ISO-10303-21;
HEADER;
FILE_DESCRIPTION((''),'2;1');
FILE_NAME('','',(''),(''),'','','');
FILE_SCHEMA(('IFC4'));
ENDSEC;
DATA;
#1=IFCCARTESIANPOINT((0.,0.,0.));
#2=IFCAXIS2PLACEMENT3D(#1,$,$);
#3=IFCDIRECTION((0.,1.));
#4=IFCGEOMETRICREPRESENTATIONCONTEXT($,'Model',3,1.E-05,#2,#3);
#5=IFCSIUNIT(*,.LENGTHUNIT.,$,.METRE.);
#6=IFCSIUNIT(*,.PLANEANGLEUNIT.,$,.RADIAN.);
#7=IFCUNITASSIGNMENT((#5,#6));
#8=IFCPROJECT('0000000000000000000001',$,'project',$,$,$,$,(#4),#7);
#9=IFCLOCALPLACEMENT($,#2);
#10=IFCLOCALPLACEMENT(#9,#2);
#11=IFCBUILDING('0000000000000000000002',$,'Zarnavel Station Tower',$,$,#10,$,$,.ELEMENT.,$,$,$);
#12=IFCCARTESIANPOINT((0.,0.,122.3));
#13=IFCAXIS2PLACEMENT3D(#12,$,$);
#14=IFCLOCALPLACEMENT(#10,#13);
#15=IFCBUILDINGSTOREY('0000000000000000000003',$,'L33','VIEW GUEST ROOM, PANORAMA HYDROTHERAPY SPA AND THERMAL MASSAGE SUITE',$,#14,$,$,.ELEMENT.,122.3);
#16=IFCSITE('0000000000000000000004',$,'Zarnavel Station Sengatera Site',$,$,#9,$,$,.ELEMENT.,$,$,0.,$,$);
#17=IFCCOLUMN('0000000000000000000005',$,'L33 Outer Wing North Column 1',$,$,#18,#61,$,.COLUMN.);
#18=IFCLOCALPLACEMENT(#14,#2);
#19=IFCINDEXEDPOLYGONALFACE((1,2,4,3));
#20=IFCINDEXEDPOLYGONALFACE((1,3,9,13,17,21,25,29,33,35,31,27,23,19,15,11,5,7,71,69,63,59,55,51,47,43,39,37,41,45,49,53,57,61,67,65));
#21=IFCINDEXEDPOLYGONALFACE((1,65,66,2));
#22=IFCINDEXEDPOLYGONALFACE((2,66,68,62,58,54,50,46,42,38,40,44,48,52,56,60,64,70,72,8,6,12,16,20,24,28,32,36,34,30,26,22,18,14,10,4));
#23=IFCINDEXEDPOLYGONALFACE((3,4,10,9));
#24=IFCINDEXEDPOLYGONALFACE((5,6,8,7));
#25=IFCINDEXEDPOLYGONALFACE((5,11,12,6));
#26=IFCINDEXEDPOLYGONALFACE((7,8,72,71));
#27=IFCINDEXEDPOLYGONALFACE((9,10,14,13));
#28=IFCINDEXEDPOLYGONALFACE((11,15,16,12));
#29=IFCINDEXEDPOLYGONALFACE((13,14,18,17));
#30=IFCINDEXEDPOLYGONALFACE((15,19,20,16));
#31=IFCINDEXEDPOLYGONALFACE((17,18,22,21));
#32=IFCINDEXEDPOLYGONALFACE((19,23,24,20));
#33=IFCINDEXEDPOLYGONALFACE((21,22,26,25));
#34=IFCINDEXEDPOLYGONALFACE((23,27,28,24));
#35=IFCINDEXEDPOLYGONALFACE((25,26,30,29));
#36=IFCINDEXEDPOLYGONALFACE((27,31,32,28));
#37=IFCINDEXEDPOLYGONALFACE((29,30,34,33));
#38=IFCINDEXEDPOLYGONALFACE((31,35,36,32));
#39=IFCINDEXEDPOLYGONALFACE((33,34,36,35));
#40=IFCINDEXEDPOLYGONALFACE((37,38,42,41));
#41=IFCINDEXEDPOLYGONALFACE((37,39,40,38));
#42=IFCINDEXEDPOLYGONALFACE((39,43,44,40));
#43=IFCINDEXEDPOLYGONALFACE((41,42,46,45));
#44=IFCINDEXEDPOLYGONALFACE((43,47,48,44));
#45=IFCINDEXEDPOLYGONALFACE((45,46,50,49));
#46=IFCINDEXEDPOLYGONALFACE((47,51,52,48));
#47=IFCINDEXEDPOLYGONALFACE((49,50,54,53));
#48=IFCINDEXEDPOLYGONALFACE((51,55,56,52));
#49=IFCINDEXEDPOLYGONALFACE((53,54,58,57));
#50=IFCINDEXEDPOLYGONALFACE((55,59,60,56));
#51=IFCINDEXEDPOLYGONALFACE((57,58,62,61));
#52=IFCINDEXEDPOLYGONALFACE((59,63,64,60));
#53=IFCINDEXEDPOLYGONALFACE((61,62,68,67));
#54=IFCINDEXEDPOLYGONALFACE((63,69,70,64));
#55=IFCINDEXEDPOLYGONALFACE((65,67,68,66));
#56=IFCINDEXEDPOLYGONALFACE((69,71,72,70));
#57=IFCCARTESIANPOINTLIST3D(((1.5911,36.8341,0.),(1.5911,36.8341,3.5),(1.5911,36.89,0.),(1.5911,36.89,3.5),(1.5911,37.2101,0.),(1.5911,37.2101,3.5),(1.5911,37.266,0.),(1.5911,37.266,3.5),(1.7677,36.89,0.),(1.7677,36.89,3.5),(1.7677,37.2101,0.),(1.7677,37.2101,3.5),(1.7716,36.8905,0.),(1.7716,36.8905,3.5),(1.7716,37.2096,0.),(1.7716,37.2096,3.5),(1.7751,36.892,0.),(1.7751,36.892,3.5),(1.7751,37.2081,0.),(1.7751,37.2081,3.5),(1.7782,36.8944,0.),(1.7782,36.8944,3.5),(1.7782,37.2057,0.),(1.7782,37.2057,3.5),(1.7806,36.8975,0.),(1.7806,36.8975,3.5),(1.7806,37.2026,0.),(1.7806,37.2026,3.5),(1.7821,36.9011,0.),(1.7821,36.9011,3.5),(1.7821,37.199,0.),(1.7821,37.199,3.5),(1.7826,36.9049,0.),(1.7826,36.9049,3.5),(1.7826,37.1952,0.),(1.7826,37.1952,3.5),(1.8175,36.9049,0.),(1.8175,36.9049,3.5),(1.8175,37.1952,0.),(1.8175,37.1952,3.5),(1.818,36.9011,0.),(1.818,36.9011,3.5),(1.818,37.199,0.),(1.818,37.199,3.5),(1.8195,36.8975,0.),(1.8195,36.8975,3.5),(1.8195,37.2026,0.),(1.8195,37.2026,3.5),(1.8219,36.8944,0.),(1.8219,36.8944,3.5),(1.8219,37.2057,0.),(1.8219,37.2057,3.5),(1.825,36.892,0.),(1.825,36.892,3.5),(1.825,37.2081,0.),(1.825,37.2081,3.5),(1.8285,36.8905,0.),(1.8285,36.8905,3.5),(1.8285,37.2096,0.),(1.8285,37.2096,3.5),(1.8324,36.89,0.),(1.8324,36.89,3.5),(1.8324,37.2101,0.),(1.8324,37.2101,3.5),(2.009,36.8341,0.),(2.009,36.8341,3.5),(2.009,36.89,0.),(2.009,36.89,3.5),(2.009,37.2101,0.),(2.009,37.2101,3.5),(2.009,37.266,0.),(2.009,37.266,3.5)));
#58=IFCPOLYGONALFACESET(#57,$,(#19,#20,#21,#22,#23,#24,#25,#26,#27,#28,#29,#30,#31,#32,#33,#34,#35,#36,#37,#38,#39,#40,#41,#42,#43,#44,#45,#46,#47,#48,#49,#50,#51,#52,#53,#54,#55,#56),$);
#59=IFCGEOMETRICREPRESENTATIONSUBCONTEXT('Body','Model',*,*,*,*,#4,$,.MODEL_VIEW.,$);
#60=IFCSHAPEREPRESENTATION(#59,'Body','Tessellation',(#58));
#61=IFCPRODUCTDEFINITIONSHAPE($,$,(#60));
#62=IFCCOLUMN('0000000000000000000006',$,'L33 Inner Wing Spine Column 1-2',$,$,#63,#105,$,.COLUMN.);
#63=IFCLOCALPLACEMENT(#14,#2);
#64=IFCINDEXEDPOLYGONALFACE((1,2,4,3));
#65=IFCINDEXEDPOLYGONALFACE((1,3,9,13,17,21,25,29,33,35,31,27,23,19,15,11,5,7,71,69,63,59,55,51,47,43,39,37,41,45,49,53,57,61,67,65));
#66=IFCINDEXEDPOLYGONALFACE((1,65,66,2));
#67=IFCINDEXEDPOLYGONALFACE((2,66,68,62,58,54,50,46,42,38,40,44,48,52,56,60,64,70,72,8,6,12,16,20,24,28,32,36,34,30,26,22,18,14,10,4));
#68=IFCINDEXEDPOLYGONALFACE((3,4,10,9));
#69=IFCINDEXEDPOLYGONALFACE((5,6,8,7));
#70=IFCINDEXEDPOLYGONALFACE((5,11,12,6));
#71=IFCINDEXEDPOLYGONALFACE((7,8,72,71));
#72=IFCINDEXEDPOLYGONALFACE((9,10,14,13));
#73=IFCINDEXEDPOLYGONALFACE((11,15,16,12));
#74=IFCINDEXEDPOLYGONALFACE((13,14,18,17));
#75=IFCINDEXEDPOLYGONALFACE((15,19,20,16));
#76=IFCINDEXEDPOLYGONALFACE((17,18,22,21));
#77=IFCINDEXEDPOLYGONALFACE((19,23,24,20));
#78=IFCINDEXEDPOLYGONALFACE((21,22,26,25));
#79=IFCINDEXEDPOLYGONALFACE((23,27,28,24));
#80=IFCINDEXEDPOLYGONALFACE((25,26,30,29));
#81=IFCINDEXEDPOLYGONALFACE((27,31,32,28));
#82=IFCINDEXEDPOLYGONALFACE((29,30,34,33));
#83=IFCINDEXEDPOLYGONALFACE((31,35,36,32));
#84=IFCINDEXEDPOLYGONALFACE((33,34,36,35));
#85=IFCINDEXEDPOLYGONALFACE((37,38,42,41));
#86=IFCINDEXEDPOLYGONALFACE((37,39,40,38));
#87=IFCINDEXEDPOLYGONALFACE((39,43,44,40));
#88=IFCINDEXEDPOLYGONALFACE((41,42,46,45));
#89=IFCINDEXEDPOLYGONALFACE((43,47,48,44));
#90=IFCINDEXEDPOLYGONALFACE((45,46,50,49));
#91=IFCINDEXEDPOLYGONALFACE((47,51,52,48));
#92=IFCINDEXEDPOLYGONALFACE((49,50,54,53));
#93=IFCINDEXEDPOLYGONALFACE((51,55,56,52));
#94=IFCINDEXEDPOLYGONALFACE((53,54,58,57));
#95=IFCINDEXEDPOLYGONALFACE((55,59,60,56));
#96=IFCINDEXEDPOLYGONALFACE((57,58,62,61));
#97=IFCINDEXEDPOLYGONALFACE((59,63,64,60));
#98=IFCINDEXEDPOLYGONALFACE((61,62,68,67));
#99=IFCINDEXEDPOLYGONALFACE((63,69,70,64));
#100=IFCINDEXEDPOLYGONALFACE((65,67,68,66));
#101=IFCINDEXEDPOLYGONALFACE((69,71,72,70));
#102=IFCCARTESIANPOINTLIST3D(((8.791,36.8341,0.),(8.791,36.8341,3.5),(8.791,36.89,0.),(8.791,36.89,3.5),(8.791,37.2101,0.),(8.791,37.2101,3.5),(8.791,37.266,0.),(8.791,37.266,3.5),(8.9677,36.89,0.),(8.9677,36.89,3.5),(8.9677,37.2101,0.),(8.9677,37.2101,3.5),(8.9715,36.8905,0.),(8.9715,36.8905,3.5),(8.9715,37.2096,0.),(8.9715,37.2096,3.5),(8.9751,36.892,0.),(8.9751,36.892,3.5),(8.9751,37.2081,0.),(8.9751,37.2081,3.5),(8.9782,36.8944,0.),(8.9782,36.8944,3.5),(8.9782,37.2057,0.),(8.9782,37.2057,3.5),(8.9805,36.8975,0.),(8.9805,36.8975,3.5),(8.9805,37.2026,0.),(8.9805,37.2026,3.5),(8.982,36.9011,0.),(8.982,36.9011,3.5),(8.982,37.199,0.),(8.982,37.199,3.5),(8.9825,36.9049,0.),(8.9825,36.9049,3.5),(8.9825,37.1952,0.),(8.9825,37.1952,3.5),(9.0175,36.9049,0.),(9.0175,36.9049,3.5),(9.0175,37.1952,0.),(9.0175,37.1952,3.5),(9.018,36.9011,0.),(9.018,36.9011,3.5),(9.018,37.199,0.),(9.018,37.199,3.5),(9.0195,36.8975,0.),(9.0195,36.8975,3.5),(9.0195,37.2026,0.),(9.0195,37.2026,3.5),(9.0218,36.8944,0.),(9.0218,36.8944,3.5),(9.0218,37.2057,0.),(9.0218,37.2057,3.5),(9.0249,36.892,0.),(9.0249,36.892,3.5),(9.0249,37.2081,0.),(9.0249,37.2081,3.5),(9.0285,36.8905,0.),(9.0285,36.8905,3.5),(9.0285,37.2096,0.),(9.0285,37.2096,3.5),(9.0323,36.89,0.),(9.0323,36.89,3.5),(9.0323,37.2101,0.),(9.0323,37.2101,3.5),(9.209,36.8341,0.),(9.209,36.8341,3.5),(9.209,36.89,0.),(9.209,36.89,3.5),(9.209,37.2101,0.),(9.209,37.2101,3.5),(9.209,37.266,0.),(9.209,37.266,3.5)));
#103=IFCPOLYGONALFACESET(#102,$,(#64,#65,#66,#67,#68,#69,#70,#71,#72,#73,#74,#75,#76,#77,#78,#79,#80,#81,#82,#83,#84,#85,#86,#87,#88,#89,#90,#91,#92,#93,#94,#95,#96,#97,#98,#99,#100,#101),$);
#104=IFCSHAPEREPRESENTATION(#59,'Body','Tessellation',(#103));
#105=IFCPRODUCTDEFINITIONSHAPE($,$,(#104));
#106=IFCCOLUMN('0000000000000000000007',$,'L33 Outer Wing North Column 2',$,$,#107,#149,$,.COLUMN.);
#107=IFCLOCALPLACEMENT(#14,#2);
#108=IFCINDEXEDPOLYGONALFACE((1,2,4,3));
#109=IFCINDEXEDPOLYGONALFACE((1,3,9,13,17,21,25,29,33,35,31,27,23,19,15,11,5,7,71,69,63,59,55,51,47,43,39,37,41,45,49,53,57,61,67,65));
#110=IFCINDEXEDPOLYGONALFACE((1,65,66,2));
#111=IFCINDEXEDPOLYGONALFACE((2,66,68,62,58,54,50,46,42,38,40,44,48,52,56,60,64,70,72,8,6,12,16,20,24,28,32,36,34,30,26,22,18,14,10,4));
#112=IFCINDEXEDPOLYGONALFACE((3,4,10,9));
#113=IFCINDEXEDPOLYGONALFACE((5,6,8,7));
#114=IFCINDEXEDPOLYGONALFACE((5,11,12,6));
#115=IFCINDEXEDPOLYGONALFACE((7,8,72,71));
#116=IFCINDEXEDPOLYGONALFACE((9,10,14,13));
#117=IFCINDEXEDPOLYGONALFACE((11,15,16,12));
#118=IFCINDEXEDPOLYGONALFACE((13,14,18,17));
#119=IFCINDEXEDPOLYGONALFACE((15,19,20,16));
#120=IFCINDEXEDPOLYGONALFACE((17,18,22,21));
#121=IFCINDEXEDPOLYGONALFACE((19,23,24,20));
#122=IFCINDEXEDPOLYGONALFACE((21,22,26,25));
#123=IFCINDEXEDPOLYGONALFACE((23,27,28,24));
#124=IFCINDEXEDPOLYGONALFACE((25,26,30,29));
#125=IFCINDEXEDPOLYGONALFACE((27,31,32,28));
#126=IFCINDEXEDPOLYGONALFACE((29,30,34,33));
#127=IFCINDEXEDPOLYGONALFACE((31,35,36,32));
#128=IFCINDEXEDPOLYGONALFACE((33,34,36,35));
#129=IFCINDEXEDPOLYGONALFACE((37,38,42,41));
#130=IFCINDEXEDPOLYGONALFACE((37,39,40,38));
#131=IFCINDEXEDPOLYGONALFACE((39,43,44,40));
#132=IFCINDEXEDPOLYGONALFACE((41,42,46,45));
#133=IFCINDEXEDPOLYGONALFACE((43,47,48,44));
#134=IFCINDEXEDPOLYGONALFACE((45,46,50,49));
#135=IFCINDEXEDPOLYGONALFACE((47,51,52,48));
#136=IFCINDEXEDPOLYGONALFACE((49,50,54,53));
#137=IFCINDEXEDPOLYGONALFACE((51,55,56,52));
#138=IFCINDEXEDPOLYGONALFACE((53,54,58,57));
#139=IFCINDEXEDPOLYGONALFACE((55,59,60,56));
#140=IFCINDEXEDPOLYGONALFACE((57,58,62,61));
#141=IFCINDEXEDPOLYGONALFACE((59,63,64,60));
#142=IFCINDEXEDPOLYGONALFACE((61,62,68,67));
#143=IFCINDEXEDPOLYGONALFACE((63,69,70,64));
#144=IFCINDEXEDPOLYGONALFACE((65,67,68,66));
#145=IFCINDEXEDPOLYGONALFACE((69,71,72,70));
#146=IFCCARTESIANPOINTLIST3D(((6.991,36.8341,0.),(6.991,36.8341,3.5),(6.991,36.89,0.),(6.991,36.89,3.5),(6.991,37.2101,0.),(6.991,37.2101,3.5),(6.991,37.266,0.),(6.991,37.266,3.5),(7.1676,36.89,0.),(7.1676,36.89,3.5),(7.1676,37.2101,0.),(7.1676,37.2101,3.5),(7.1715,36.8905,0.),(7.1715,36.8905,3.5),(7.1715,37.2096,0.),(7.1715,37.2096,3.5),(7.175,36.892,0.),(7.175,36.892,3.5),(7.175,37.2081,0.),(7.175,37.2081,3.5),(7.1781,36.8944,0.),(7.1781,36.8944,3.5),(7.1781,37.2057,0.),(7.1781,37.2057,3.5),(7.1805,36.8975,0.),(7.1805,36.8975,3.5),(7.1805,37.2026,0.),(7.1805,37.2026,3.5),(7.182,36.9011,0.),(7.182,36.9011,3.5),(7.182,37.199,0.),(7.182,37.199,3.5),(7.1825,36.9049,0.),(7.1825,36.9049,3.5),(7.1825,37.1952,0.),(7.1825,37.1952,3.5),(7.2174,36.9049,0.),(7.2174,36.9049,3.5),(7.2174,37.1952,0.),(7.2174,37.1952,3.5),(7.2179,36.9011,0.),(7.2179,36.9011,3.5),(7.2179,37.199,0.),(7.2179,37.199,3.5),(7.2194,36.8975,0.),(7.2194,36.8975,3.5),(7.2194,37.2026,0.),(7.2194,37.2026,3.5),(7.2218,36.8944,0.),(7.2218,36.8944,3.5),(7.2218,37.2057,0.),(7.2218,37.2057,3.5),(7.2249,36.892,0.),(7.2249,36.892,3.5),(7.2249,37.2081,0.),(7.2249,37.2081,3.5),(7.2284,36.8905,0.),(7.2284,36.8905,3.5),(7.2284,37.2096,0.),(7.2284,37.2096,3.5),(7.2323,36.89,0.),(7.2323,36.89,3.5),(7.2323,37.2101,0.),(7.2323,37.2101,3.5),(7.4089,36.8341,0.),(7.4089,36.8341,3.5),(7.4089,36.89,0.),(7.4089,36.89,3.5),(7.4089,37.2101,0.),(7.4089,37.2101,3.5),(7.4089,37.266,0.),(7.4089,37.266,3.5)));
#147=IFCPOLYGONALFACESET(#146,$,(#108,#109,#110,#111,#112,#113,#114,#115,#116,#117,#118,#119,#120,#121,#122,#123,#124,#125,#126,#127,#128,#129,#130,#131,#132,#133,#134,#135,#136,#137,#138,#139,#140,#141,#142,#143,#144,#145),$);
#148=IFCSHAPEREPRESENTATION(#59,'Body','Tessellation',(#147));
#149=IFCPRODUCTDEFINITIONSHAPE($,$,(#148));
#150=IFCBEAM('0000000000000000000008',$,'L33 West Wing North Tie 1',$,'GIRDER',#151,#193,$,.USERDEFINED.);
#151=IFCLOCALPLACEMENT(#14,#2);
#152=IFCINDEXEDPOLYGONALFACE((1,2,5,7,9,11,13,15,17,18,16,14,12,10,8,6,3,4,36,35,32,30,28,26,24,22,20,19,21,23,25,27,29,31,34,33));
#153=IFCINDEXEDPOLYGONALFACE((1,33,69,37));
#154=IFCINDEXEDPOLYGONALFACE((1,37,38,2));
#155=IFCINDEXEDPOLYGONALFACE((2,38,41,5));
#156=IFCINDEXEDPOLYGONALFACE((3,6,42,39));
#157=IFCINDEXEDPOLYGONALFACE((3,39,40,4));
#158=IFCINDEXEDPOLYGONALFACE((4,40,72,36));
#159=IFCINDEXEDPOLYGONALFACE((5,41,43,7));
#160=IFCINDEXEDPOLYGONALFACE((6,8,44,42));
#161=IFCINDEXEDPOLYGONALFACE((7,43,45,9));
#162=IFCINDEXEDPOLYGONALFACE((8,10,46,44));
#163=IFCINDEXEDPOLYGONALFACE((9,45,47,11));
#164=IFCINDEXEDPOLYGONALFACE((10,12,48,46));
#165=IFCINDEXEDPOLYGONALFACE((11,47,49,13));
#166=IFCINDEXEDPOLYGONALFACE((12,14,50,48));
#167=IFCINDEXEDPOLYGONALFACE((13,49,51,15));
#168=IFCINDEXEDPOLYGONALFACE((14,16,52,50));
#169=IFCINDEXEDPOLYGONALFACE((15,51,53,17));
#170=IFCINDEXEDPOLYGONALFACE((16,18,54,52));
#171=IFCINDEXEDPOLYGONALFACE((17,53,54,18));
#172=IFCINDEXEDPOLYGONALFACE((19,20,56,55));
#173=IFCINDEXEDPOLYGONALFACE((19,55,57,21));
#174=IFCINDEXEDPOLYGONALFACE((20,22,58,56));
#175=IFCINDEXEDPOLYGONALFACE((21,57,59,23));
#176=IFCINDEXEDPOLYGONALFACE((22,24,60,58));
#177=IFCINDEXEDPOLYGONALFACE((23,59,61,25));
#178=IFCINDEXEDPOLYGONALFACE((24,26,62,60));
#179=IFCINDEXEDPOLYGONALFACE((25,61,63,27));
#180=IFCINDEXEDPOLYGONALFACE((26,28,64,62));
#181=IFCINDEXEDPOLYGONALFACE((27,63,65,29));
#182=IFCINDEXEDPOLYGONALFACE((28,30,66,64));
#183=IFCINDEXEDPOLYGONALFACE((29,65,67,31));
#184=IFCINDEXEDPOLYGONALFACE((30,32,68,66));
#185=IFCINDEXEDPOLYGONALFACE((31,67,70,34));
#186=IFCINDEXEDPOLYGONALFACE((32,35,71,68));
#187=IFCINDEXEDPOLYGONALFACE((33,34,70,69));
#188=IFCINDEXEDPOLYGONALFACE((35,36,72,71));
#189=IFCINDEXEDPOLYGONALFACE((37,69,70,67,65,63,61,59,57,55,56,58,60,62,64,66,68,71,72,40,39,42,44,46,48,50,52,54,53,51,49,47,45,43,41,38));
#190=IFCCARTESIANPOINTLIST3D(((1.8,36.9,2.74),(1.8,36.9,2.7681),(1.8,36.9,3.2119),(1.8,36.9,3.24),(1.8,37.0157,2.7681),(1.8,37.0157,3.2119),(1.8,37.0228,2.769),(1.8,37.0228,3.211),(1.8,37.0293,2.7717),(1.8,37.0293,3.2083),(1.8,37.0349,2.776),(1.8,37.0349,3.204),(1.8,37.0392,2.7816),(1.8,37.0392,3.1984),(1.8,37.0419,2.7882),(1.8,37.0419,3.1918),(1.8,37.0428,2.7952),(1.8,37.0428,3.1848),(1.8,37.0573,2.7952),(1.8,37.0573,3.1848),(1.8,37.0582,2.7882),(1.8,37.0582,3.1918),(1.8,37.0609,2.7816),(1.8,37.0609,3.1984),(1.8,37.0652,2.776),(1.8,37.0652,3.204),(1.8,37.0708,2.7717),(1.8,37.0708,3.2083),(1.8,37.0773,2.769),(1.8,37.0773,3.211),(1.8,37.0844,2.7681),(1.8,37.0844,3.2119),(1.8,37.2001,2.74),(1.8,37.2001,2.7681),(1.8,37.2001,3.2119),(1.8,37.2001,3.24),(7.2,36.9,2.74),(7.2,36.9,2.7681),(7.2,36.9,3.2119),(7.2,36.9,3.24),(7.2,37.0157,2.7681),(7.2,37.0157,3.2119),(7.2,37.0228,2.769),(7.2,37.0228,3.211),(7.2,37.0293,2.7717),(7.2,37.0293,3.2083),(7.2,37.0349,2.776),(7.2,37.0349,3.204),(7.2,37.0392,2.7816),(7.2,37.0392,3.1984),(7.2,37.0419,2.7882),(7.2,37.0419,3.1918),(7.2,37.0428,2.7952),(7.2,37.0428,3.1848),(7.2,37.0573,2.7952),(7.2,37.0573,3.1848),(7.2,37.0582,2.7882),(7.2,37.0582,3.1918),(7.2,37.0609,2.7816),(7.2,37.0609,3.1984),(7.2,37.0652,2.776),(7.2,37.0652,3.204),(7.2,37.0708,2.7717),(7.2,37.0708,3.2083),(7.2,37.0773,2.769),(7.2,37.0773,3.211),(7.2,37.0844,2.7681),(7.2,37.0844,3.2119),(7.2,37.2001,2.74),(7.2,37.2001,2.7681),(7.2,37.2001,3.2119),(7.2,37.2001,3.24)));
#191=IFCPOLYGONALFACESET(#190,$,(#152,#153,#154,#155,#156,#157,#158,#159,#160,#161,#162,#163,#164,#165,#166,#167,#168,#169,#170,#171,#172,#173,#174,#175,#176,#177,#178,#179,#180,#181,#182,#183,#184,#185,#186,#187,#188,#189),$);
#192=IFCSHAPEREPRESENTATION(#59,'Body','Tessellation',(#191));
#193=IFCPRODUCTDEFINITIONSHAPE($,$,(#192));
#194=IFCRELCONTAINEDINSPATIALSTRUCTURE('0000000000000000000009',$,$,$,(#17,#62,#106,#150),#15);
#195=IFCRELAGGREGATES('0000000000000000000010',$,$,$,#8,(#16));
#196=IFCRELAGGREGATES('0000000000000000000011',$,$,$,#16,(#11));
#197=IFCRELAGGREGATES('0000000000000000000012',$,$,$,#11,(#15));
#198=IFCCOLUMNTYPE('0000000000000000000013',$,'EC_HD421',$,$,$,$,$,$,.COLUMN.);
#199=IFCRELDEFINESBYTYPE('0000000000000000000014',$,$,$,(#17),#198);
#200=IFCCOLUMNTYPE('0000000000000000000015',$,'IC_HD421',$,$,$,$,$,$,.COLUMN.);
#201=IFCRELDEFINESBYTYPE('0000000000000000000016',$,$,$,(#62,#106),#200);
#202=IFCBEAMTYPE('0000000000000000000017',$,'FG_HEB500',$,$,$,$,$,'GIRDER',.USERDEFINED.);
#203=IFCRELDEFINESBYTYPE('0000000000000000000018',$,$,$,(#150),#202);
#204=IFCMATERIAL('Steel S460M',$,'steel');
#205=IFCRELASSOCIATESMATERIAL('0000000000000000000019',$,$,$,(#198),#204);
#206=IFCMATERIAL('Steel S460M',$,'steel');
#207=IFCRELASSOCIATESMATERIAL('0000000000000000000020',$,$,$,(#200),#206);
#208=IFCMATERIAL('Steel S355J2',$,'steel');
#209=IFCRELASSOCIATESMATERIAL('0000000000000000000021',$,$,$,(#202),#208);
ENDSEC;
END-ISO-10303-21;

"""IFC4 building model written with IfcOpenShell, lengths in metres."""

from ifc_helpers import new_model, si_unit, direction, frame, origin, origin_2d, place, context, subcontext, project, spatial, i_section, extrude, material, material_profile, profile_set, type_object, element, save


model = new_model("IFC4")

# Units and contexts
model_context = context("Model", 3, precision=1e-05, world=origin(), true_north=direction((0.0, 1.0)))
body_context = subcontext(model_context, "Body", "Model", "MODEL_VIEW")
ifc_project = project(units=[si_unit("LENGTHUNIT", "METRE"), si_unit("PLANEANGLEUNIT", "RADIAN")], contexts=[model_context])

# Site, building, storey
site_placement = place(None, origin())
site = spatial("IfcSite", under=ifc_project, at=site_placement, Name="Zarnavel Station Sengatera Site", CompositionType="ELEMENT", RefElevation=0.0)
building_placement = place(site_placement, origin())
building = spatial("IfcBuilding", under=site, at=building_placement, Name="Zarnavel Station Tower", CompositionType="ELEMENT")
storey_placement = place(building_placement, frame((0.0, 0.0, 122.3)))
storey = spatial("IfcBuildingStorey", under=building, at=storey_placement, Name="L33", Description="VIEW GUEST ROOM, PANORAMA HYDROTHERAPY SPA AND THERMAL MASSAGE SUITE", CompositionType="ELEMENT", Elevation=122.3)

# Columns
ifc_material_1 = material(Name="Steel S460M", Category="steel")
ifc_material_profile_1 = material_profile(ifc_material_1, i_section(OverallWidth=0.418, OverallDepth=0.4319, WebThickness=0.0349, FlangeThickness=0.0559, FilletRadius=0.0149, at=origin_2d()), Name="HD400x421")
ifc_profile_set_1 = profile_set([ifc_material_profile_1], Name="Steel S460M")
column_type_1 = type_object("IfcColumnType", Name="EC_HD421", PredefinedType="COLUMN", material=ifc_profile_set_1)
column_placement = place(storey_placement, frame((1.8, 37.05, 0.0), z_axis=(0.0, 0.0, 1.0), x_axis=(1.0, 0.0, 0.0)))
element("IfcColumn", 1, at=column_placement, inside=storey, type_object=column_type_1, Name="L33 Outer Wing North Column 1", PredefinedType="COLUMN", context=body_context, shape_type="SweptSolid", body=[
    extrude(i_section(OverallWidth=0.418, OverallDepth=0.4319, WebThickness=0.0349, FlangeThickness=0.0559, FilletRadius=0.0149, at=origin_2d()), origin(), (0.0, 0.0, 1.0), 3.5),
])
ifc_material_2 = material(Name="Steel S460M", Category="steel")
ifc_material_profile_2 = material_profile(ifc_material_2, i_section(OverallWidth=0.418, OverallDepth=0.4319, WebThickness=0.0349, FlangeThickness=0.0559, FilletRadius=0.0149, at=origin_2d()), Name="HD400x421")
ifc_profile_set_2 = profile_set([ifc_material_profile_2], Name="Steel S460M")
column_type_2 = type_object("IfcColumnType", Name="IC_HD421", PredefinedType="COLUMN", material=ifc_profile_set_2)
for number, where, z_axis, x_axis, name in (
    (2, (9.0, 37.05, 0.0), (0.0, 0.0, 1.0), (1.0, 0.0, 0.0), "L33 Inner Wing Spine Column 1-2"),
    (3, (7.2, 37.05, 0.0), (0.0, 0.0, 1.0), (1.0, 0.0, 0.0), "L33 Outer Wing North Column 2"),
):
    element("IfcColumn", number, at=place(storey_placement, frame(where, z_axis=z_axis, x_axis=x_axis)), inside=storey, type_object=column_type_2, Name=name, PredefinedType="COLUMN", context=body_context, shape_type="SweptSolid", body=[
        extrude(i_section(OverallWidth=0.418, OverallDepth=0.4319, WebThickness=0.0349, FlangeThickness=0.0559, FilletRadius=0.0149, at=origin_2d()), origin(), (0.0, 0.0, 1.0), 3.5),
    ])

# Beam
ifc_material_3 = material(Name="Steel S355J2", Category="steel")
ifc_material_profile_3 = material_profile(ifc_material_3, i_section(OverallWidth=0.3, OverallDepth=0.5, WebThickness=0.0144, FlangeThickness=0.0281, FilletRadius=0.0271, at=origin_2d()), Name="HEB500")
ifc_profile_set_3 = profile_set([ifc_material_profile_3], Name="Steel S355J2")
beam_type = type_object("IfcBeamType", Name="FG_HEB500", ElementType="GIRDER", PredefinedType="USERDEFINED", material=ifc_profile_set_3)
beam_1_placement = place(storey_placement, frame((1.8, 37.05, 2.99), z_axis=(1.0, 0.0, 0.0), x_axis=(0.0, 1.0, 0.0)))
element("IfcBeam", 4, at=beam_1_placement, inside=storey, type_object=beam_type, Name="L33 West Wing North Tie 1", ObjectType="GIRDER", PredefinedType="USERDEFINED", context=body_context, shape_type="SweptSolid", body=[
    extrude(i_section(OverallWidth=0.3, OverallDepth=0.5, WebThickness=0.0144, FlangeThickness=0.0281, FilletRadius=0.0271, at=origin_2d()), origin(), (0.0, 0.0, 1.0), 5.3999),
])

save(model, "model.ifc")
